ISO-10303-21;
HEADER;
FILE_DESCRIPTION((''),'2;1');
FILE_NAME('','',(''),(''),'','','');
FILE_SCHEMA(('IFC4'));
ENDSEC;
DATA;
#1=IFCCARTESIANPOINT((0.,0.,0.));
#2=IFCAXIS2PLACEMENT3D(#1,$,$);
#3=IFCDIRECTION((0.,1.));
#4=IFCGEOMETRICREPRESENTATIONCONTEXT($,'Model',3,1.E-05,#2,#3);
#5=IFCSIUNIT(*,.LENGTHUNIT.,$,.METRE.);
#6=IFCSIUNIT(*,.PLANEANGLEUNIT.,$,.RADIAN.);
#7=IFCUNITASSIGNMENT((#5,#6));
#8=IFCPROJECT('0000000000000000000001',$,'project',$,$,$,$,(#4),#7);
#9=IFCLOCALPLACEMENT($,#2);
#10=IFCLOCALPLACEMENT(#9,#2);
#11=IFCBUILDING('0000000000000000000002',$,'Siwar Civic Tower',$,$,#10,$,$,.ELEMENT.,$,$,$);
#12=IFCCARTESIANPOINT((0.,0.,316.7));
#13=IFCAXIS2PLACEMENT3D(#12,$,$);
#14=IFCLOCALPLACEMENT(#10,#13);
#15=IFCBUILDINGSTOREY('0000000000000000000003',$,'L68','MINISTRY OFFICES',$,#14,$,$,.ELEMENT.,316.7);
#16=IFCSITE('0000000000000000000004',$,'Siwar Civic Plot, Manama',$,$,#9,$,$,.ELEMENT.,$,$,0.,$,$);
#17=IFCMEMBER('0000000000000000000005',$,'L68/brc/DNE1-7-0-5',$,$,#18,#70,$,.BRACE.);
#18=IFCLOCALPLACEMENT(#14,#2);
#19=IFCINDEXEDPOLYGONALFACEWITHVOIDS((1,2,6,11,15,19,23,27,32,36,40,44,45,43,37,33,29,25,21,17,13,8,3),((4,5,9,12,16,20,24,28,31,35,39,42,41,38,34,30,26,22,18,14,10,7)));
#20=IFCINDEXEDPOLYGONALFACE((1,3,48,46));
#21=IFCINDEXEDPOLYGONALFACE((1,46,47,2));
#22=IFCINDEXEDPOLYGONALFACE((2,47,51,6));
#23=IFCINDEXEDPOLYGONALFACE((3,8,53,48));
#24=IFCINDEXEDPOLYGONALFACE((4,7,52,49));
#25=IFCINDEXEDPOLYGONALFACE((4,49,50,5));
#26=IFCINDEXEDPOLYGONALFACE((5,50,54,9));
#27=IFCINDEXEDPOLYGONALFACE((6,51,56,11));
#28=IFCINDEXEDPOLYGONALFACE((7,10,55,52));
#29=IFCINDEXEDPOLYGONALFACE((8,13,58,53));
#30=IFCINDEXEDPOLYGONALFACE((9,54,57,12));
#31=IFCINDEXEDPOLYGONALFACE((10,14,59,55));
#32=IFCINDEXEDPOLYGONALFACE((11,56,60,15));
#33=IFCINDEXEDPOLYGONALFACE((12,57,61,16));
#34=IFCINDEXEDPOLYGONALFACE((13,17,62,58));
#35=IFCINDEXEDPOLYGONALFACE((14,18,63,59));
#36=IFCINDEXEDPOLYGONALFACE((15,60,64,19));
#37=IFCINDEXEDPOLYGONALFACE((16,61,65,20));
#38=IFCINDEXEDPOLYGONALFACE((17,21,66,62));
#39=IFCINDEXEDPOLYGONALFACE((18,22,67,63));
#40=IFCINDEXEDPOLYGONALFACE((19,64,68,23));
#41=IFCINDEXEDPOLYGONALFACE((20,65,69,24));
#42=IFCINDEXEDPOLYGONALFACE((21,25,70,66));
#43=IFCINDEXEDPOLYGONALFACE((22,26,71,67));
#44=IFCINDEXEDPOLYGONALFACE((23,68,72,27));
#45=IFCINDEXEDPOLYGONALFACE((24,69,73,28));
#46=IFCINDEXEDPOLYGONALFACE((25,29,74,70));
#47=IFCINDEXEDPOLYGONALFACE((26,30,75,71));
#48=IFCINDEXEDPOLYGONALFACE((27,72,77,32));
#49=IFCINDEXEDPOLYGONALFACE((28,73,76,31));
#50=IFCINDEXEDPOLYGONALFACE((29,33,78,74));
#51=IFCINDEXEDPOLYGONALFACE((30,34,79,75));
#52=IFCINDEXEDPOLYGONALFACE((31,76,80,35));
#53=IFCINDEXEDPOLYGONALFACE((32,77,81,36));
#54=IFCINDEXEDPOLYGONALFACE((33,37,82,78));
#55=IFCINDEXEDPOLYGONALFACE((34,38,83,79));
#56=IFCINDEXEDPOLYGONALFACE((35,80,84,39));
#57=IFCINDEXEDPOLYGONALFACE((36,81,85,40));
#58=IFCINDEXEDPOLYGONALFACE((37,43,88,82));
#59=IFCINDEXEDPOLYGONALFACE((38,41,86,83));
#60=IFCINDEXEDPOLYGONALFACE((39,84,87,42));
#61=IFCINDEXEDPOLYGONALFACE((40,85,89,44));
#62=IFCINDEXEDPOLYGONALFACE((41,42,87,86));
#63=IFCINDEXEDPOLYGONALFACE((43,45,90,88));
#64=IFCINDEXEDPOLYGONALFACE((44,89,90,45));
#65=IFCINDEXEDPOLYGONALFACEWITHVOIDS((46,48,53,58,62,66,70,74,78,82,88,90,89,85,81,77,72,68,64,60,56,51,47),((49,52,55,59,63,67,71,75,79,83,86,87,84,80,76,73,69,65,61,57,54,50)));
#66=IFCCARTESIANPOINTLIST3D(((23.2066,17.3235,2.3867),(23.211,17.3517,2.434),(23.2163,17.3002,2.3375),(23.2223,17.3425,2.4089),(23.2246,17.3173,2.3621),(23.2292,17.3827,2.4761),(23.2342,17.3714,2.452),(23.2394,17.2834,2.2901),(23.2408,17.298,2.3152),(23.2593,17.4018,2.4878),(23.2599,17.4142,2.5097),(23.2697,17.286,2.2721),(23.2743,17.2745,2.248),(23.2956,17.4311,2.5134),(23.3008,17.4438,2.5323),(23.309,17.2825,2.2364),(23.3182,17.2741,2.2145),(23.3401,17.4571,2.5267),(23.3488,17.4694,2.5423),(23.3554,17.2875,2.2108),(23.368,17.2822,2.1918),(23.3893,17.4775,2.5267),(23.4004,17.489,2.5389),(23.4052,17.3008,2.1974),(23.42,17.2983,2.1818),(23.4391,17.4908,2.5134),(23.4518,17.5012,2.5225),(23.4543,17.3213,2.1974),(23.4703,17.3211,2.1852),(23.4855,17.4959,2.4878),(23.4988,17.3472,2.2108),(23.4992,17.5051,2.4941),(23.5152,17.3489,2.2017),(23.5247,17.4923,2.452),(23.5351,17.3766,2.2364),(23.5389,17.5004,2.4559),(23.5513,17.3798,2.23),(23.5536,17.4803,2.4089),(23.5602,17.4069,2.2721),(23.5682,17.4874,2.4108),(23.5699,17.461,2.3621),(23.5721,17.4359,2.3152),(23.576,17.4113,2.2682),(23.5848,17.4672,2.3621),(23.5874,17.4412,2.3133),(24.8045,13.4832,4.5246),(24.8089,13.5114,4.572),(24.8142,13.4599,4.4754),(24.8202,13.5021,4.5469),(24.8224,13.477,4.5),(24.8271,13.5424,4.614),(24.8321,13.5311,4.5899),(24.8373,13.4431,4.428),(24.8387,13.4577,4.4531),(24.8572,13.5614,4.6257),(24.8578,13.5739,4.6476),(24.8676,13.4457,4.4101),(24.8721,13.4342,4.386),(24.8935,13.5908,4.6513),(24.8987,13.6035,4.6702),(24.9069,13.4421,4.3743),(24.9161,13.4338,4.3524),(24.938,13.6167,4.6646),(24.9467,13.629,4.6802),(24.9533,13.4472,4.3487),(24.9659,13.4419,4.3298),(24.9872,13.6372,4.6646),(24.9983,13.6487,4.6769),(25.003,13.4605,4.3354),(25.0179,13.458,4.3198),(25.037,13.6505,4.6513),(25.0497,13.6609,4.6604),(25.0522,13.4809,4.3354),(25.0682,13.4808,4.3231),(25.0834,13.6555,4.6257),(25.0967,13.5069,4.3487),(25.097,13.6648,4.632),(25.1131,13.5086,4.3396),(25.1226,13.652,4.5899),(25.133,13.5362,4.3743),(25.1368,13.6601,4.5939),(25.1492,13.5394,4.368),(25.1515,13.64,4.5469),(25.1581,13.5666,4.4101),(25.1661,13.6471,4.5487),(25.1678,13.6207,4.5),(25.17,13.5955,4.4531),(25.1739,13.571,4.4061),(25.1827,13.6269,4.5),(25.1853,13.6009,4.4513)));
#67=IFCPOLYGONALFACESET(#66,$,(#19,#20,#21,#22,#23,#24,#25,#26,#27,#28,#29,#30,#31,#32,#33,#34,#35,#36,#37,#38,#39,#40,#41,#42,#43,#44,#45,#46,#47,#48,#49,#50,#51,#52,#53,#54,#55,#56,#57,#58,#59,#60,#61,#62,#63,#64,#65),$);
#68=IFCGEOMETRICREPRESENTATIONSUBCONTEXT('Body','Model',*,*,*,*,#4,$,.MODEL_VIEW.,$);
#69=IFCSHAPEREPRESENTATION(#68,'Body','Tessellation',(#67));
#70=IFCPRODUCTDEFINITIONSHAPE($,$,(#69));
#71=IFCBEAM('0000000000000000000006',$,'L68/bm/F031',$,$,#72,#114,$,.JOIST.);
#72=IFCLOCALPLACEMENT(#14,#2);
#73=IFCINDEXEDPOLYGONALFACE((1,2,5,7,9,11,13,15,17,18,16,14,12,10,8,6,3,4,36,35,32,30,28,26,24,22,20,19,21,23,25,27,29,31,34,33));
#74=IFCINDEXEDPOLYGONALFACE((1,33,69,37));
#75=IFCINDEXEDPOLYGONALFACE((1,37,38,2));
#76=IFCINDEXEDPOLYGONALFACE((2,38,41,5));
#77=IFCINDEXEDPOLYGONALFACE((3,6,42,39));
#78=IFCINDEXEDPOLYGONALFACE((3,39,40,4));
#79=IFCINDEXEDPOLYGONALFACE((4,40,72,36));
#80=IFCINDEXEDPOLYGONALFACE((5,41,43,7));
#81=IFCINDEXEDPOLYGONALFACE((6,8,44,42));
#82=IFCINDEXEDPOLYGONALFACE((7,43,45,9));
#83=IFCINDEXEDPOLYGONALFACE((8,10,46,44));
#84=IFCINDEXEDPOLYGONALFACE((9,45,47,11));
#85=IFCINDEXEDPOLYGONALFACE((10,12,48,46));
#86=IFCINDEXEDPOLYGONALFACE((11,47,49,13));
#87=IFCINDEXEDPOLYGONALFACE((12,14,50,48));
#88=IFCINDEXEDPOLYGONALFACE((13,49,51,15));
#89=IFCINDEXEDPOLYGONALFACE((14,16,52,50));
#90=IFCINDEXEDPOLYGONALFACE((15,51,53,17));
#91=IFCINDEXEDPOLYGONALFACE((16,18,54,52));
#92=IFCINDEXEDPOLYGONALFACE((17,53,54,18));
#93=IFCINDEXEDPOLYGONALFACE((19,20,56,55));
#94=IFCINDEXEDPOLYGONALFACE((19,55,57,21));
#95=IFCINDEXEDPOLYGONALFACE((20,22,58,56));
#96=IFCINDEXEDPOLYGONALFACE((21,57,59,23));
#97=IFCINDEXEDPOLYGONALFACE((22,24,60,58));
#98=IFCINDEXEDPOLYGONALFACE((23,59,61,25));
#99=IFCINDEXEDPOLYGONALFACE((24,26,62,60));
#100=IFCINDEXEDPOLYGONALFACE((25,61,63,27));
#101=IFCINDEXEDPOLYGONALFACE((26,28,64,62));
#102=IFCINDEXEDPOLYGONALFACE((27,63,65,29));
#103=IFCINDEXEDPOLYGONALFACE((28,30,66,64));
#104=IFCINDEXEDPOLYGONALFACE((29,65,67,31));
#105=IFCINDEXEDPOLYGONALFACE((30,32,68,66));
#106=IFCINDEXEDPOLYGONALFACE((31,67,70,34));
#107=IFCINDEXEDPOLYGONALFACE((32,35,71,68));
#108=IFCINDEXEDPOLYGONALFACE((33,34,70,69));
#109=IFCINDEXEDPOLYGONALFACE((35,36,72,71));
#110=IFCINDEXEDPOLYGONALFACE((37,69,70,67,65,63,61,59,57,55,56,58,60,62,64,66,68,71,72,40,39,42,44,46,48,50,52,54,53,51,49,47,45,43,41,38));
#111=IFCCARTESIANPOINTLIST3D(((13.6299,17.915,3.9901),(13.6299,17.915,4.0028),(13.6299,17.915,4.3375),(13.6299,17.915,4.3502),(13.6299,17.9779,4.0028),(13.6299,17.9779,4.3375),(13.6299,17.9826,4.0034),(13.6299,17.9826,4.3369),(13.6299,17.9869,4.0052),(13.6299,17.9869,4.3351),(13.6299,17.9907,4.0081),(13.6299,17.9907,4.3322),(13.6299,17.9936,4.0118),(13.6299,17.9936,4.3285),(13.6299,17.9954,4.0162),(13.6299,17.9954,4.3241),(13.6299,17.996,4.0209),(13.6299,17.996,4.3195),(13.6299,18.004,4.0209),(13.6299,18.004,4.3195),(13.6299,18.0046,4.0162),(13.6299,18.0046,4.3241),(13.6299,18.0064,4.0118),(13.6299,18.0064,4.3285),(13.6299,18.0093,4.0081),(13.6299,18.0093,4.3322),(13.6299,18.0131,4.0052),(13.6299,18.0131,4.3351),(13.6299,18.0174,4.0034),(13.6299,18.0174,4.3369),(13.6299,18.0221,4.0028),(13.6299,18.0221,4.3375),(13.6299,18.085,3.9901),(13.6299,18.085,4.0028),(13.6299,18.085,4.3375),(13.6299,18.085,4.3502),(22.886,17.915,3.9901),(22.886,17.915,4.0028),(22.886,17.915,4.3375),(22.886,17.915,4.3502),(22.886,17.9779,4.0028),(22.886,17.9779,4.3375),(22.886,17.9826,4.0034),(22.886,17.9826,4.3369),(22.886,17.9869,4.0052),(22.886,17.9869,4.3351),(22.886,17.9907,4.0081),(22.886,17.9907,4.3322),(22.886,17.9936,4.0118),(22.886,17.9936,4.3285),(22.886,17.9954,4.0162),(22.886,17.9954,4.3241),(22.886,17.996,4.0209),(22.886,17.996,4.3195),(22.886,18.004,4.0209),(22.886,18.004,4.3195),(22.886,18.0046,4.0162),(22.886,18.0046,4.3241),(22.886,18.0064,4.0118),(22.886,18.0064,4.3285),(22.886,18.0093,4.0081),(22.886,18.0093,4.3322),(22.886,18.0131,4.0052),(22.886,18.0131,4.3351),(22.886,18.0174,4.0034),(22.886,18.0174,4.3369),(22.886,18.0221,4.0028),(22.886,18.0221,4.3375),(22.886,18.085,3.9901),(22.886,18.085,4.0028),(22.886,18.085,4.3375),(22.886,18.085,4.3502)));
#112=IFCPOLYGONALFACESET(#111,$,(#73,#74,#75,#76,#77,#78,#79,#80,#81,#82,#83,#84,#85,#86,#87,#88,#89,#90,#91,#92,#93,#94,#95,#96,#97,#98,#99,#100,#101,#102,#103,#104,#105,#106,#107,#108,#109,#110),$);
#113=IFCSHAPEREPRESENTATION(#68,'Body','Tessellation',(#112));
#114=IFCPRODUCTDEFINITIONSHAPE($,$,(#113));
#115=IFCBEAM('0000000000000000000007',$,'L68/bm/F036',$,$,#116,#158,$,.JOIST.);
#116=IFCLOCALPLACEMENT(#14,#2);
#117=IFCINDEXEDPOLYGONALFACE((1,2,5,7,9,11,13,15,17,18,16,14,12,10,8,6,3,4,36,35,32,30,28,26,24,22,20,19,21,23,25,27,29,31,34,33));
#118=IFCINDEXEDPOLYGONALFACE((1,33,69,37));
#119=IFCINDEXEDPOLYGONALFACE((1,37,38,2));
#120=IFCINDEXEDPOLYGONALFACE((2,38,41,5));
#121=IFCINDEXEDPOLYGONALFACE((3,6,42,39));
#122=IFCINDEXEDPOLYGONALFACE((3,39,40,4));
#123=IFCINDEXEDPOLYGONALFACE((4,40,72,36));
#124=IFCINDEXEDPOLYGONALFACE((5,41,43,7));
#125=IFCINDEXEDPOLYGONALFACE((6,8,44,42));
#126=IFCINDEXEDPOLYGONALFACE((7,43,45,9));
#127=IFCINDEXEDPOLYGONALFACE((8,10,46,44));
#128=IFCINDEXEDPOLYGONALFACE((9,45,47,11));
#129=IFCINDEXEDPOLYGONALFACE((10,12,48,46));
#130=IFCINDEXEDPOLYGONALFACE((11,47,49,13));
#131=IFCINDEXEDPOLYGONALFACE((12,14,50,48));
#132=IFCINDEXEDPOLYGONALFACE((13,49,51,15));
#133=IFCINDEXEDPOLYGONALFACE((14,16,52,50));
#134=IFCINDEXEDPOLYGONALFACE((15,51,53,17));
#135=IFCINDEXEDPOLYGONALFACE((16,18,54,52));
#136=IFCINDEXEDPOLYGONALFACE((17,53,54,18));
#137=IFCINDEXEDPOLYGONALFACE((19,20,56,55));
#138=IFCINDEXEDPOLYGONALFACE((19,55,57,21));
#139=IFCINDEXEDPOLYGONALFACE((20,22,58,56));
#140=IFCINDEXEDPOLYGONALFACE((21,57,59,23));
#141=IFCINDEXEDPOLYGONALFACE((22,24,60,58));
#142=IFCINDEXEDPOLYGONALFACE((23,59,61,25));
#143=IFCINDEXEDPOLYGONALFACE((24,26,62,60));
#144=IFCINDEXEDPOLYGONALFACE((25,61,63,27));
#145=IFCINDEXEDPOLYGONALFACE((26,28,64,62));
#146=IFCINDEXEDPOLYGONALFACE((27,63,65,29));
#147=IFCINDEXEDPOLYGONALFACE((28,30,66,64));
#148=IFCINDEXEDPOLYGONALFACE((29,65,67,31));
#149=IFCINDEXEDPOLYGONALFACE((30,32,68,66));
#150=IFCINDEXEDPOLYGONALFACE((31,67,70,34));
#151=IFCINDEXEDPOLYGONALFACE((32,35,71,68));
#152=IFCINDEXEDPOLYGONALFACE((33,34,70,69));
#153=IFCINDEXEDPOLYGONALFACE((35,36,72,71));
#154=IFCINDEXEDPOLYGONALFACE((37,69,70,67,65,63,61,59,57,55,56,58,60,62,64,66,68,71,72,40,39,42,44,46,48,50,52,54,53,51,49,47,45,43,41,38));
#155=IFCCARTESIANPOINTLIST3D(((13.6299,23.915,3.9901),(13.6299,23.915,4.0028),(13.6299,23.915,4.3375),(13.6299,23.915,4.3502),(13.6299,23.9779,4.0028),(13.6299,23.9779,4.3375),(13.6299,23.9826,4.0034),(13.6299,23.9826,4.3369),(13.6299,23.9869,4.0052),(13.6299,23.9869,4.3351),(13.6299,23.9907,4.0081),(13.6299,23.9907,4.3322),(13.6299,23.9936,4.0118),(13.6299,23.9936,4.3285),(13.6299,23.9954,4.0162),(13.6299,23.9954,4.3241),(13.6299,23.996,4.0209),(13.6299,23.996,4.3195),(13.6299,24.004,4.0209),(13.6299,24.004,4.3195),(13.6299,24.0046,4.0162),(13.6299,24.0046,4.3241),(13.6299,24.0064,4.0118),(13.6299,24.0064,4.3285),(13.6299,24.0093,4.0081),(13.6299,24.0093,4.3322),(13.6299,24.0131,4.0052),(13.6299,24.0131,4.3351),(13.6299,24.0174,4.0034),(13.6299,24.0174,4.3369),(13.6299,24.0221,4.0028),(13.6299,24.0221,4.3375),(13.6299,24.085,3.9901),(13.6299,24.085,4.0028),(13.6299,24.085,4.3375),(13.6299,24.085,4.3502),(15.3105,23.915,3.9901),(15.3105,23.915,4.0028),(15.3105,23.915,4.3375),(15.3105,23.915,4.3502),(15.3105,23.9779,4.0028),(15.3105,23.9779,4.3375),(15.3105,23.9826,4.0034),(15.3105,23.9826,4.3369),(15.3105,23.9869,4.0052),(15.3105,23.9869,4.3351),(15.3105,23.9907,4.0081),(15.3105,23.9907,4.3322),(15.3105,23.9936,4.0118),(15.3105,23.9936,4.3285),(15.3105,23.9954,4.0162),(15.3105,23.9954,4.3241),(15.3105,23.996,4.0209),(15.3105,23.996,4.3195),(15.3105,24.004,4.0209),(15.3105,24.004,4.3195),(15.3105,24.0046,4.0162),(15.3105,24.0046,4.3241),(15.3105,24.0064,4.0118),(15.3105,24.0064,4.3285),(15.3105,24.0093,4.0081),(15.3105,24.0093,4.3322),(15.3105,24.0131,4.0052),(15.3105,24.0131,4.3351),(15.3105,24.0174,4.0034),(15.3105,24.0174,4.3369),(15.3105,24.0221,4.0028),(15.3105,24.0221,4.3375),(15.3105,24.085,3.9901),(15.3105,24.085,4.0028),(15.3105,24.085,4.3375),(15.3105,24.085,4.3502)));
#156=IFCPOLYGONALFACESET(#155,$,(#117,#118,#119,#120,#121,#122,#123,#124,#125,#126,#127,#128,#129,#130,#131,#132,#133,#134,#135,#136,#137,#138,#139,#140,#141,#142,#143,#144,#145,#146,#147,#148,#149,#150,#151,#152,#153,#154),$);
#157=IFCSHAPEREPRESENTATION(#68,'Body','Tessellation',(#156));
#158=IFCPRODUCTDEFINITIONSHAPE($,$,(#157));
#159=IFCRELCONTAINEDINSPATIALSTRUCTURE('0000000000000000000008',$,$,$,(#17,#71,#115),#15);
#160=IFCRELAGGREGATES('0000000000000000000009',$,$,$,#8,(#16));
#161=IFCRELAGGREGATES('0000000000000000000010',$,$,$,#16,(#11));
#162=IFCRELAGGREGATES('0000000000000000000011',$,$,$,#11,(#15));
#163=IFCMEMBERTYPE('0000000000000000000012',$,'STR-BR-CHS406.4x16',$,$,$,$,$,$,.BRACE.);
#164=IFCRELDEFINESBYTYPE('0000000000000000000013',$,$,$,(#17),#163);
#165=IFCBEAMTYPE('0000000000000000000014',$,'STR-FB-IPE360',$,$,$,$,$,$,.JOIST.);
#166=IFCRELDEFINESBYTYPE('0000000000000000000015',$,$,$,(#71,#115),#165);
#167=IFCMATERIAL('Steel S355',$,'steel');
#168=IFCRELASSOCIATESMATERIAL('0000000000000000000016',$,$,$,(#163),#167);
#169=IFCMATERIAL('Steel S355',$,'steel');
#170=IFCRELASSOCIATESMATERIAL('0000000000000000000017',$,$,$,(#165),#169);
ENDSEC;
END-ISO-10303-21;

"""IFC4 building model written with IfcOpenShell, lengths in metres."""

from ifc_helpers import new_model, si_unit, direction, frame, origin, origin_2d, place, context, subcontext, project, spatial, hollow_circle, i_section, extrude, material, material_profile, profile_set, type_object, element, save


model = new_model("IFC4")

# Units and contexts
model_context = context("Model", 3, precision=1e-05, world=origin(), true_north=direction((0.0, 1.0)))
body_context = subcontext(model_context, "Body", "Model", "MODEL_VIEW")
ifc_project = project(units=[si_unit("LENGTHUNIT", "METRE"), si_unit("PLANEANGLEUNIT", "RADIAN")], contexts=[model_context])

# Site, building, storey
site_placement = place(None, origin())
site = spatial("IfcSite", under=ifc_project, at=site_placement, Name="Siwar Civic Plot, Manama", CompositionType="ELEMENT", RefElevation=0.0)
building_placement = place(site_placement, origin())
building = spatial("IfcBuilding", under=site, at=building_placement, Name="Siwar Civic Tower", CompositionType="ELEMENT")
storey_placement = place(building_placement, frame((0.0, 0.0, 316.7)))
storey = spatial("IfcBuildingStorey", under=building, at=storey_placement, Name="L68", Description="MINISTRY OFFICES", CompositionType="ELEMENT", Elevation=316.7)

# Member
ifc_material_1 = material(Name="Steel S355", Category="steel")
ifc_material_profile_1 = material_profile(ifc_material_1, hollow_circle(Radius=0.2031, WallThickness=0.0161, at=origin_2d()), Name="CHS406.4x16")
ifc_profile_set_1 = profile_set([ifc_material_profile_1], Name="Steel S355")
member_type_1 = type_object("IfcMemberType", Name="STR-BR-CHS406.4x16", PredefinedType="BRACE", material=ifc_profile_set_1)
member_1_placement = place(storey_placement, frame((23.3972, 17.3892, 2.3621), z_axis=(0.341667, -0.82115, 0.45714), x_axis=(0.923268, 0.384157, 0.0)))
element("IfcMember", 1, at=member_1_placement, inside=storey, type_object=member_type_1, Name="L68/brc/DNE1-7-0-5", PredefinedType="BRACE", context=body_context, shape_type="SweptSolid", body=[
    extrude(hollow_circle(Radius=0.2031, WallThickness=0.0161, at=origin_2d()), origin(), (0.0, 0.0, 1.0), 4.6768),
])

# Beams
ifc_material_2 = material(Name="Steel S355", Category="steel")
ifc_material_profile_2 = material_profile(ifc_material_2, i_section(OverallWidth=0.1699, OverallDepth=0.3601, WebThickness=0.0081, FlangeThickness=0.0127, FilletRadius=0.0181, at=origin_2d()), Name="IPE360")
ifc_profile_set_2 = profile_set([ifc_material_profile_2], Name="Steel S355")
beam_type_1 = type_object("IfcBeamType", Name="STR-FB-IPE360", PredefinedType="JOIST", material=ifc_profile_set_2)
beam_1_placement = place(storey_placement, frame((13.6299, 18.0, 4.1702), z_axis=(1.0, 0.0, 0.0), x_axis=(0.0, 1.0, 0.0)))
element("IfcBeam", 2, at=beam_1_placement, inside=storey, type_object=beam_type_1, Name="L68/bm/F031", PredefinedType="JOIST", context=body_context, shape_type="SweptSolid", body=[
    extrude(i_section(OverallWidth=0.1699, OverallDepth=0.3601, WebThickness=0.0081, FlangeThickness=0.0127, FilletRadius=0.0181, at=origin_2d()), origin(), (0.0, 0.0, 1.0), 9.2561),
])
beam_2_placement = place(storey_placement, frame((13.6299, 24.0, 4.1702), z_axis=(1.0, 0.0, 0.0), x_axis=(0.0, 1.0, 0.0)))
element("IfcBeam", 3, at=beam_2_placement, inside=storey, type_object=beam_type_1, Name="L68/bm/F036", PredefinedType="JOIST", context=body_context, shape_type="SweptSolid", body=[
    extrude(i_section(OverallWidth=0.1699, OverallDepth=0.3601, WebThickness=0.0081, FlangeThickness=0.0127, FilletRadius=0.0181, at=origin_2d()), origin(), (0.0, 0.0, 1.0), 1.6807),
])

save(model, "model.ifc")
